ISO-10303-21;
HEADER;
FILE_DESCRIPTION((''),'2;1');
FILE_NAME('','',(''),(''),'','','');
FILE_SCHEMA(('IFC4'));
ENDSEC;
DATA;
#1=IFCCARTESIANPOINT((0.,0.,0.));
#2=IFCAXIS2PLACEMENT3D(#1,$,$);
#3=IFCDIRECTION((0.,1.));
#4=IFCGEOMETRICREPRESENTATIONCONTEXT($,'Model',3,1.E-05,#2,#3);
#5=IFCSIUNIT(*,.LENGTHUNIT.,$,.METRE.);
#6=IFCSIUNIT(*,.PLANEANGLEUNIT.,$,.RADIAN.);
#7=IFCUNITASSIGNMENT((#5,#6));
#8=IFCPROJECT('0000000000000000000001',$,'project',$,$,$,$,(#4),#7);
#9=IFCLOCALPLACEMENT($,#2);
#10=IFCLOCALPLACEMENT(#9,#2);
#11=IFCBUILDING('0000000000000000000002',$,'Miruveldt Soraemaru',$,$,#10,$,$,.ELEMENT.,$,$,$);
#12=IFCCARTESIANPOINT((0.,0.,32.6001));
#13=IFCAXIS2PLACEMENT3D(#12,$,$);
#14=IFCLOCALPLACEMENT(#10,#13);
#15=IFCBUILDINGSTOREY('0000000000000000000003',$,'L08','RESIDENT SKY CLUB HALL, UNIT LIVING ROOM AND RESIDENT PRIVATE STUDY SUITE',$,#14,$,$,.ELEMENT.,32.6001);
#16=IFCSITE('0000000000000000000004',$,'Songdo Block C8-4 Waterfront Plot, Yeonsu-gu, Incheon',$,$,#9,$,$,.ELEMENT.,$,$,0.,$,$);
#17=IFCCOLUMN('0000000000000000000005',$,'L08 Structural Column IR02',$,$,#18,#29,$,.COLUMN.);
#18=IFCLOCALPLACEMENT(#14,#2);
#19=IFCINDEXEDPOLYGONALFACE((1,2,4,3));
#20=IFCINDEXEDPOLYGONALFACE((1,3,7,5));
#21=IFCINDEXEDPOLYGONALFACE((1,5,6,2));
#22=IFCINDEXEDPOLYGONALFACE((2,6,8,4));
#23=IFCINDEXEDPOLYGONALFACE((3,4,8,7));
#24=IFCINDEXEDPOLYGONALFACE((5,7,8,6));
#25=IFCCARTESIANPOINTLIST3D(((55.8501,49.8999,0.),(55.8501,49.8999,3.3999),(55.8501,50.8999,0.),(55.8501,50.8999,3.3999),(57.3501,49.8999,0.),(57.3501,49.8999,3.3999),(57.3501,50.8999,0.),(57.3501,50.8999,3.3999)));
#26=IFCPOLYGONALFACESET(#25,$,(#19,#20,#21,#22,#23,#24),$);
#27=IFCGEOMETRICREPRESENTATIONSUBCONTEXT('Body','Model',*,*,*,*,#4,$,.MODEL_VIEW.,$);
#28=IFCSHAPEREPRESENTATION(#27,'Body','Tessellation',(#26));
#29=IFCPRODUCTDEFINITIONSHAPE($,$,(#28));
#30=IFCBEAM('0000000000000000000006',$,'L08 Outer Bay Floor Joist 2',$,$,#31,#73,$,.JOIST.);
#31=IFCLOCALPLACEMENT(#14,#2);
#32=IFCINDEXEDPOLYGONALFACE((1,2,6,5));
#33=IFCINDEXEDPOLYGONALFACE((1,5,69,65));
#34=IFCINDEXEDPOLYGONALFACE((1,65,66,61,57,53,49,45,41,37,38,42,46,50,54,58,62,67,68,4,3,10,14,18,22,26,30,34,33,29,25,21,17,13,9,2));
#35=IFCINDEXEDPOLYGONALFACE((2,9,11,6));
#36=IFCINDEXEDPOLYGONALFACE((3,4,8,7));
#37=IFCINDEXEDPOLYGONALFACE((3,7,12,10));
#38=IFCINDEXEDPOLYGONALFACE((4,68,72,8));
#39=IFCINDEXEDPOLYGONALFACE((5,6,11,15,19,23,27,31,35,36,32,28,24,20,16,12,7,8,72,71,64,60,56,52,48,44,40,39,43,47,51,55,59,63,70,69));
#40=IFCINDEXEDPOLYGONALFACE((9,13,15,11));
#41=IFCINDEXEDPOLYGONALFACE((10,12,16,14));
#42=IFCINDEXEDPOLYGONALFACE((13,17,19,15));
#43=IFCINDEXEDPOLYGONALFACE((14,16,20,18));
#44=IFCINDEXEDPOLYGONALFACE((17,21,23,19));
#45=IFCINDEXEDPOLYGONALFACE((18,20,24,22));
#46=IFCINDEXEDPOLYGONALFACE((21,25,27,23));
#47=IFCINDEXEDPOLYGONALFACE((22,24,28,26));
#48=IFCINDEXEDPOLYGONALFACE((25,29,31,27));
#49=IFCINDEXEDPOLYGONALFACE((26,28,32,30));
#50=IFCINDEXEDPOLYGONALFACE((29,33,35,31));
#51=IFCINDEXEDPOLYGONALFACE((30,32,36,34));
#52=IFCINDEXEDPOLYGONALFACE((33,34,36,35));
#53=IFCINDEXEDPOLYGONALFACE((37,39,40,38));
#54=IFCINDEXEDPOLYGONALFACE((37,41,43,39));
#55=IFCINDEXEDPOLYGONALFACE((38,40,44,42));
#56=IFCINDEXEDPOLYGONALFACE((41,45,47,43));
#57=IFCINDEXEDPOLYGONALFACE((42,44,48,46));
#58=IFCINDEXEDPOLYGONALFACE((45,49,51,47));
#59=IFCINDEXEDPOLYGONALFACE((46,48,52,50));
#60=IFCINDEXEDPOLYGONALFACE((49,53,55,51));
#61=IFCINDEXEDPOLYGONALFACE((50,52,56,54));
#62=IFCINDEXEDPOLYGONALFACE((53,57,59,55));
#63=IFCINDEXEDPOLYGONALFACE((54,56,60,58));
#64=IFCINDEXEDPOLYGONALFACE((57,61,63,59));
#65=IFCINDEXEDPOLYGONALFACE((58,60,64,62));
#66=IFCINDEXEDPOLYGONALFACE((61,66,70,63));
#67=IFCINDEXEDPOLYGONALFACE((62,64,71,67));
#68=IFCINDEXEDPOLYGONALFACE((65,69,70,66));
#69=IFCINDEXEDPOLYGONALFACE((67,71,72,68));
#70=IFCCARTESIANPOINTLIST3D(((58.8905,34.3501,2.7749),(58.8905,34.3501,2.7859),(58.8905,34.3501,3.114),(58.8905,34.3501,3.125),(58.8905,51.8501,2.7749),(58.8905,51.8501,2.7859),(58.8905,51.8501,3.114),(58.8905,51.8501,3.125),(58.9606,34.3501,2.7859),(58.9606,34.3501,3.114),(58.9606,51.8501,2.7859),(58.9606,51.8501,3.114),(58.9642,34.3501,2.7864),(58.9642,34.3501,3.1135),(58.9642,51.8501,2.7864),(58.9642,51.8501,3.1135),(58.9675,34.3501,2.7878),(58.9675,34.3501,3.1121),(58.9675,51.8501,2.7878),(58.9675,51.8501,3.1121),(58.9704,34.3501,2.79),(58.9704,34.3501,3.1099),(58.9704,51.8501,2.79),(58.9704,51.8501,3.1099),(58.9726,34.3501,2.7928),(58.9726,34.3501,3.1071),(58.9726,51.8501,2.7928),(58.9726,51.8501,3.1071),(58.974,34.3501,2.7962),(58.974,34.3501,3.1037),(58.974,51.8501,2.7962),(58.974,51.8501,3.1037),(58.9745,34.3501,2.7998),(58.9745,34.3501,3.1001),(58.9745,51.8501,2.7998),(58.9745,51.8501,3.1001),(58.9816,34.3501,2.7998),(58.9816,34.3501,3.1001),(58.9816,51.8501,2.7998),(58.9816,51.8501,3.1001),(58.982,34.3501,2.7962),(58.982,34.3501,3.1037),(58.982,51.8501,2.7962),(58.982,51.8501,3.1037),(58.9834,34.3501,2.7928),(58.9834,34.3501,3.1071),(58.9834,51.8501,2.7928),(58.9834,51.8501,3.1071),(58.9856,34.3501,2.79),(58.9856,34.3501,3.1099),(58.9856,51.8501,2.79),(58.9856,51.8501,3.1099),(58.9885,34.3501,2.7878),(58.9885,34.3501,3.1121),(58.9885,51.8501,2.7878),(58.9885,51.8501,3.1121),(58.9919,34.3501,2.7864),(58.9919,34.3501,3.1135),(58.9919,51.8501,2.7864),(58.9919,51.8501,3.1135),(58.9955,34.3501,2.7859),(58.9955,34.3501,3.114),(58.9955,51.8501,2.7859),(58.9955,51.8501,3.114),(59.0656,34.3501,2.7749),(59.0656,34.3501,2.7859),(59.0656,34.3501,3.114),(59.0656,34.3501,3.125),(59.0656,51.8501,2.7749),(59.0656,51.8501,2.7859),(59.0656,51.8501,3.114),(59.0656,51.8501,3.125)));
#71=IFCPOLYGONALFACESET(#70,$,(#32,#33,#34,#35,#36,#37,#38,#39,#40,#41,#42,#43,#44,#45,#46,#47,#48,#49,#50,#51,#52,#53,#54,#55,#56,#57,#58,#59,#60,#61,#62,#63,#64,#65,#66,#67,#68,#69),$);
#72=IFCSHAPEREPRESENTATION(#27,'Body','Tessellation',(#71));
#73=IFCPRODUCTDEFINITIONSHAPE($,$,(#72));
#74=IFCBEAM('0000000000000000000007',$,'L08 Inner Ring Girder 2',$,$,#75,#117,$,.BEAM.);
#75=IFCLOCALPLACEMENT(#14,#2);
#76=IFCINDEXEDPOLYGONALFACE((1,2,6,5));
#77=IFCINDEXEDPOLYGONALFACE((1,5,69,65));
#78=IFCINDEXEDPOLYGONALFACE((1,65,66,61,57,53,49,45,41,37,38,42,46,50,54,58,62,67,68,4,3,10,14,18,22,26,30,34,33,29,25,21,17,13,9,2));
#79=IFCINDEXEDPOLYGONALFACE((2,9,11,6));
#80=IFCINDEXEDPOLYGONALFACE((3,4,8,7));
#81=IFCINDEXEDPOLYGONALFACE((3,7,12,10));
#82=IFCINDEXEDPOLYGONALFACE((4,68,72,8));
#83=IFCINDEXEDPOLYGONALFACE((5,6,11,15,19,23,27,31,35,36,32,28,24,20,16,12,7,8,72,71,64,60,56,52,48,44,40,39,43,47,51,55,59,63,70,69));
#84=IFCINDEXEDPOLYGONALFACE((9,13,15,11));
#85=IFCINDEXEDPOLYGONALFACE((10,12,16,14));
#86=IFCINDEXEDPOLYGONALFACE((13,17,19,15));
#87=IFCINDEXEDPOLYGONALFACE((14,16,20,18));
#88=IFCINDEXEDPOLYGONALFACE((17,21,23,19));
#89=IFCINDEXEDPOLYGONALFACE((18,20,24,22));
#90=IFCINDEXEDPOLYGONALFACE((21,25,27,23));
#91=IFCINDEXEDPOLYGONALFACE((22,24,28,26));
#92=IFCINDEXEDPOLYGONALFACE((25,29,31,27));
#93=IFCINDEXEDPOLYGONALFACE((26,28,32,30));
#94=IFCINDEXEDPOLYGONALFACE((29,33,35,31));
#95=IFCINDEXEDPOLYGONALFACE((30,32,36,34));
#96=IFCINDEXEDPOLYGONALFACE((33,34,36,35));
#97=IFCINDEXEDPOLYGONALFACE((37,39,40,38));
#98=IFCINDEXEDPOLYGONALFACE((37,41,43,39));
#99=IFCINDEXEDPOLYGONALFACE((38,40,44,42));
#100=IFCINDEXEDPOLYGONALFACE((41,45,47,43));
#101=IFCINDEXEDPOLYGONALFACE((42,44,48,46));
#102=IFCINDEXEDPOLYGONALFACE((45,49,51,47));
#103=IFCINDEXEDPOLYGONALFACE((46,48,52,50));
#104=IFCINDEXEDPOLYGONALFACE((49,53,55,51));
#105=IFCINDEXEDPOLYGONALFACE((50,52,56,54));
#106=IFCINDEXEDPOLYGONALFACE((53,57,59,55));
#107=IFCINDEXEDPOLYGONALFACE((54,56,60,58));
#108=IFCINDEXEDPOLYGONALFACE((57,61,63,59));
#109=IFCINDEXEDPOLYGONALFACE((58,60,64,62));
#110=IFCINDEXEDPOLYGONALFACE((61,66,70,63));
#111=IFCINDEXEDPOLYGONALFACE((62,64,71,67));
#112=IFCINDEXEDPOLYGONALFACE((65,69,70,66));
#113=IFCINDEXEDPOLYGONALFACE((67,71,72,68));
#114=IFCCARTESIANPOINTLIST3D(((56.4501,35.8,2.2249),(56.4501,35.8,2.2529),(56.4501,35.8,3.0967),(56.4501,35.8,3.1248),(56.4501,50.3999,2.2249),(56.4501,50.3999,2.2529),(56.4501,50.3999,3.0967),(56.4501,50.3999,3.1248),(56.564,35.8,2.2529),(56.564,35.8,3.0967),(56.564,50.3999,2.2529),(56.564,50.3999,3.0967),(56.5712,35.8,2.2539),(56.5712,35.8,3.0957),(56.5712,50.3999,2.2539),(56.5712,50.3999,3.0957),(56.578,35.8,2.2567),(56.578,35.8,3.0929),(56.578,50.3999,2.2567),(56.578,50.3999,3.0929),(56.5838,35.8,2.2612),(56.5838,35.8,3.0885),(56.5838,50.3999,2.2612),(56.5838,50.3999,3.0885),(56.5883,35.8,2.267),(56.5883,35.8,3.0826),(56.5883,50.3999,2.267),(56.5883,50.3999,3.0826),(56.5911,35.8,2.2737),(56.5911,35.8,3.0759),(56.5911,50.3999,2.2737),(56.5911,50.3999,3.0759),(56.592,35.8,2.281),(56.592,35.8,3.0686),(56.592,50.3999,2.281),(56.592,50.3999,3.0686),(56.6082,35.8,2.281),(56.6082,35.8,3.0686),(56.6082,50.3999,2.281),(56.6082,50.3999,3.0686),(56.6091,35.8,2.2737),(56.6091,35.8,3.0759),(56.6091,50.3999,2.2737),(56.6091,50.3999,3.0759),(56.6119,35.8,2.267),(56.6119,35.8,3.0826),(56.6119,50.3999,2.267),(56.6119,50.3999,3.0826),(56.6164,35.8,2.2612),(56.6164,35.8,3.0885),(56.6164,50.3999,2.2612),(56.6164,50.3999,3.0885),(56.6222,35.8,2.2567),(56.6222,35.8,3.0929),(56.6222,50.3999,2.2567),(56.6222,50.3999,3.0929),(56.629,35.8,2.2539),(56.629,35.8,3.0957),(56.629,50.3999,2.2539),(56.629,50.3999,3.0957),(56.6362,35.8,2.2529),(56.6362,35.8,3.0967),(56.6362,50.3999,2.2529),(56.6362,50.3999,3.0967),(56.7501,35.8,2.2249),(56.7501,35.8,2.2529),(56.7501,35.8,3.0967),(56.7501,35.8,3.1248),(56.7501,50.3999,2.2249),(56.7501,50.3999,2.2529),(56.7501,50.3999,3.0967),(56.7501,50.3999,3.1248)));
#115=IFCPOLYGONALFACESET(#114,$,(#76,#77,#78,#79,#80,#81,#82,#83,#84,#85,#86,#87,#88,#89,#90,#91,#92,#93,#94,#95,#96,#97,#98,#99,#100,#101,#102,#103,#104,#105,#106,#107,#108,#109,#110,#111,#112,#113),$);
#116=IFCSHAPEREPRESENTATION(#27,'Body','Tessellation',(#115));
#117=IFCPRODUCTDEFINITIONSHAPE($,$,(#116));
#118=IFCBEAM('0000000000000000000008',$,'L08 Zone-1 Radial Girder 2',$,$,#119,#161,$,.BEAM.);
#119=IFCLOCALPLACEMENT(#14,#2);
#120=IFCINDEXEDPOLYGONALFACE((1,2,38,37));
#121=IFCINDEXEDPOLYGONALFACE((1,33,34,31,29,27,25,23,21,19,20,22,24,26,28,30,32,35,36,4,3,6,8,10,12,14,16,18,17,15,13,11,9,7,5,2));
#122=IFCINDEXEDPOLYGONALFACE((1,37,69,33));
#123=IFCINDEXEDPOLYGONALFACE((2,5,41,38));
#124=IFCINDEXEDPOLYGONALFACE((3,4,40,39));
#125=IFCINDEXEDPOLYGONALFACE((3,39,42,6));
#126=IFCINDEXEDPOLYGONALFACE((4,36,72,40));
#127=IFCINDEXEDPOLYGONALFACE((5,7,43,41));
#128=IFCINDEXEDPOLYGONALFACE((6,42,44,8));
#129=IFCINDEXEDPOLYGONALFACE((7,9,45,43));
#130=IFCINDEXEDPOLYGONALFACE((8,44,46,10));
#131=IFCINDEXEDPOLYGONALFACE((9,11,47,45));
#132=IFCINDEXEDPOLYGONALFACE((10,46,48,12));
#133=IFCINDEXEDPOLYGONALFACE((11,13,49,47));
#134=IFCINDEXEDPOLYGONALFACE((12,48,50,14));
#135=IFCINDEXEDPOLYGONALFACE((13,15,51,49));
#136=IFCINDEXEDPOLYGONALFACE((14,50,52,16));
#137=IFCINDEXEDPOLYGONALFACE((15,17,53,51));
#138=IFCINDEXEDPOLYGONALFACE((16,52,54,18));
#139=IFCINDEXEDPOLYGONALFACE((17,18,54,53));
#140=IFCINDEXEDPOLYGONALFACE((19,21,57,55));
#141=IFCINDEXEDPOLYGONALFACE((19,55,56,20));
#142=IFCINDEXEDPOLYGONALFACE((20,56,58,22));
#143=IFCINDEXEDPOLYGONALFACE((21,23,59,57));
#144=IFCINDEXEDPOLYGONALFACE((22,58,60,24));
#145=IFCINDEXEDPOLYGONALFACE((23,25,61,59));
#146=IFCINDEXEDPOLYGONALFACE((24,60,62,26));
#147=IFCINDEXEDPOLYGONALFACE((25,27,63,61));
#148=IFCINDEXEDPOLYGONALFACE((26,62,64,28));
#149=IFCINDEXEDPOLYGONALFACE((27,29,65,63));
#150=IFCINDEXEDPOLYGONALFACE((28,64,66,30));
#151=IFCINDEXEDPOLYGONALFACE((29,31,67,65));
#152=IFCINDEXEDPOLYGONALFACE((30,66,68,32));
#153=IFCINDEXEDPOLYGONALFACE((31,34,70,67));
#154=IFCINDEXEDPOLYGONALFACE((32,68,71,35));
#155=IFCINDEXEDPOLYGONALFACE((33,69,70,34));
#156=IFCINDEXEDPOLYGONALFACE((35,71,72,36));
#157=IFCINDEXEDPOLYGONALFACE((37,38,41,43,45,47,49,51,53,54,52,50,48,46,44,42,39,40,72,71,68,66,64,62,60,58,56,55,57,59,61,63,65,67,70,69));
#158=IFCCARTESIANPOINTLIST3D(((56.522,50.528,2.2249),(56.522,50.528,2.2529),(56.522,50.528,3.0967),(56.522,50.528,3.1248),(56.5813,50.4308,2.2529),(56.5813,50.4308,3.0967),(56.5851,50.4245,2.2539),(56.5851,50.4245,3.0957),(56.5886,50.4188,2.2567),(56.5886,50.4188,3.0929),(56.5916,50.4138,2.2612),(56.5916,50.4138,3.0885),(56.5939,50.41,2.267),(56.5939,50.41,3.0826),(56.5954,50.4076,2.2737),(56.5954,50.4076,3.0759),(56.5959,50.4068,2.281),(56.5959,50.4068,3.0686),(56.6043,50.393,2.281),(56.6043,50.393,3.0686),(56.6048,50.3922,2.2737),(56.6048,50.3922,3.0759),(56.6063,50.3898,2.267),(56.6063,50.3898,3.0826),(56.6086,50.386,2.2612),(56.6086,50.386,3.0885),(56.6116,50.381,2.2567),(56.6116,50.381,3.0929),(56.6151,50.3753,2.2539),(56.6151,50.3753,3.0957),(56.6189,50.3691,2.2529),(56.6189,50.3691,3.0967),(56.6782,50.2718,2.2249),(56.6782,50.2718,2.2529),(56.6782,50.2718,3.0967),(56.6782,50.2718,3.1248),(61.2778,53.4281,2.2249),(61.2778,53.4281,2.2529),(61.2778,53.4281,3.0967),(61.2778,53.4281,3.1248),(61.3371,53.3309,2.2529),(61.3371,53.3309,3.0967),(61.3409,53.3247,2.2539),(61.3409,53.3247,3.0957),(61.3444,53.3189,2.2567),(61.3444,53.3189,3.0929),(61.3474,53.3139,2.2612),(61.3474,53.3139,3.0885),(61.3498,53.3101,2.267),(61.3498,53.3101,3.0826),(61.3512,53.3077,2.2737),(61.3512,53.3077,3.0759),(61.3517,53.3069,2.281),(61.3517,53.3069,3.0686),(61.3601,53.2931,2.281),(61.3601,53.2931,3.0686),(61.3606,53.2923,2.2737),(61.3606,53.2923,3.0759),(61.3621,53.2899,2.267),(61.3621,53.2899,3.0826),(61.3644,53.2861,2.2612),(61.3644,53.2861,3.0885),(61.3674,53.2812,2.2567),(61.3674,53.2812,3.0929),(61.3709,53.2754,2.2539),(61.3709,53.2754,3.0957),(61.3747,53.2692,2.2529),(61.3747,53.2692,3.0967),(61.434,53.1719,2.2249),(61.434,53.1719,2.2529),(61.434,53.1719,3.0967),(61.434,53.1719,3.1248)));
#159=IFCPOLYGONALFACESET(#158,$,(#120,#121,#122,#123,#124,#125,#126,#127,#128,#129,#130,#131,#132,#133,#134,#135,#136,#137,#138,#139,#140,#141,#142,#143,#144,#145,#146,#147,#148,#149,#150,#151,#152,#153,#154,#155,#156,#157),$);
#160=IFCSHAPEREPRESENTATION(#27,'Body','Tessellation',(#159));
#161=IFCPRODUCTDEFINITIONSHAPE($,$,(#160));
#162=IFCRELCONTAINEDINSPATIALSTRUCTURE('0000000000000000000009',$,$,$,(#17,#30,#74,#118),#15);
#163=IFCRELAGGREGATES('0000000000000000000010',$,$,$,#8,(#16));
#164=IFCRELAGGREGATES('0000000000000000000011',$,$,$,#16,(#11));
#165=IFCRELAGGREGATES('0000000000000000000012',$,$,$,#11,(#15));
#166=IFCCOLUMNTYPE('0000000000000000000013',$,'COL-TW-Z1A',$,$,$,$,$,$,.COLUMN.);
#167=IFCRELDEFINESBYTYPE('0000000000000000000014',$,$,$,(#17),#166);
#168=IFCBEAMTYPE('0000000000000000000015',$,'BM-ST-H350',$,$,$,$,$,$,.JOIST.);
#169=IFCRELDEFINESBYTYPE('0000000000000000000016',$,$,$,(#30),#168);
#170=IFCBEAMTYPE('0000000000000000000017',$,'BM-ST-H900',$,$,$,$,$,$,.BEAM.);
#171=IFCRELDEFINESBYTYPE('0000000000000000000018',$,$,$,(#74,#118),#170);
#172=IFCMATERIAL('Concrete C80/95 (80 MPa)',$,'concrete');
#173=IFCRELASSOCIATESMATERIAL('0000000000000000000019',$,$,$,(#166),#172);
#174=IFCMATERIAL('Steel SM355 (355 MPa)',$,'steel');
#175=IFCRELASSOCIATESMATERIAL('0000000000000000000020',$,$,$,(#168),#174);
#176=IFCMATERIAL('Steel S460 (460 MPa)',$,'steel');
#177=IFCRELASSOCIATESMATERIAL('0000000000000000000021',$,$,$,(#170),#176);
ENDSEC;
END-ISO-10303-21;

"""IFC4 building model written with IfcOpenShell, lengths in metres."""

from ifc_helpers import new_model, si_unit, direction, frame, origin, origin_2d, place, context, subcontext, project, spatial, rectangle, i_section, extrude, material, material_profile, profile_set, type_object, element, save


model = new_model("IFC4")

# Units and contexts
model_context = context("Model", 3, precision=1e-05, world=origin(), true_north=direction((0.0, 1.0)))
body_context = subcontext(model_context, "Body", "Model", "MODEL_VIEW")
ifc_project = project(units=[si_unit("LENGTHUNIT", "METRE"), si_unit("PLANEANGLEUNIT", "RADIAN")], contexts=[model_context])

# Site, building, storey
site_placement = place(None, origin())
site = spatial("IfcSite", under=ifc_project, at=site_placement, Name="Songdo Block C8-4 Waterfront Plot, Yeonsu-gu, Incheon", CompositionType="ELEMENT", RefElevation=0.0)
building_placement = place(site_placement, origin())
building = spatial("IfcBuilding", under=site, at=building_placement, Name="Miruveldt Soraemaru", CompositionType="ELEMENT")
storey_placement = place(building_placement, frame((0.0, 0.0, 32.6001)))
storey = spatial("IfcBuildingStorey", under=building, at=storey_placement, Name="L08", Description="RESIDENT SKY CLUB HALL, UNIT LIVING ROOM AND RESIDENT PRIVATE STUDY SUITE", CompositionType="ELEMENT", Elevation=32.6001)

# Column
ifc_material_1 = material(Name="Concrete C80/95 (80 MPa)", Category="concrete")
ifc_material_profile_1 = material_profile(ifc_material_1, rectangle(XDim=1.5, YDim=1.0, at=origin_2d()), Name="Concrete C80/95 (80 MPa)", Category="concrete")
ifc_profile_set_1 = profile_set([ifc_material_profile_1], Name="Concrete C80/95 (80 MPa)")
column_type = type_object("IfcColumnType", Name="COL-TW-Z1A", PredefinedType="COLUMN", material=ifc_profile_set_1)
column_placement = place(storey_placement, frame((56.6001, 50.3999, 0.0), z_axis=(0.0, 0.0, 1.0), x_axis=(1.0, 0.0, 0.0)))
element("IfcColumn", 1, at=column_placement, inside=storey, type_object=column_type, Name="L08 Structural Column IR02", PredefinedType="COLUMN", context=body_context, shape_type="SweptSolid", body=[
    extrude(rectangle(XDim=1.5, YDim=1.0, at=origin_2d()), origin(), (0.0, 0.0, 1.0), 3.3999),
])

# Beams
ifc_material_2 = material(Name="Steel SM355 (355 MPa)", Category="steel")
ifc_material_profile_2 = material_profile(ifc_material_2, i_section(OverallWidth=0.175, OverallDepth=0.3501, WebThickness=0.0071, FlangeThickness=0.011, FilletRadius=0.0139, at=origin_2d()), Name="Steel SM355 (355 MPa)", Category="steel")
ifc_profile_set_2 = profile_set([ifc_material_profile_2], Name="Steel SM355 (355 MPa)")
beam_type_1 = type_object("IfcBeamType", Name="BM-ST-H350", PredefinedType="JOIST", material=ifc_profile_set_2)
beam_1_placement = place(storey_placement, frame((58.978, 51.8501, 2.95), z_axis=(0.0, -1.0, 0.0), x_axis=(1.0, 0.0, 0.0)))
element("IfcBeam", 2, at=beam_1_placement, inside=storey, type_object=beam_type_1, Name="L08 Outer Bay Floor Joist 2", PredefinedType="JOIST", context=body_context, shape_type="SweptSolid", body=[
    extrude(i_section(OverallWidth=0.175, OverallDepth=0.3501, WebThickness=0.0071, FlangeThickness=0.011, FilletRadius=0.0139, at=origin_2d()), origin(), (0.0, 0.0, 1.0), 17.5),
])
ifc_material_3 = material(Name="Steel S460 (460 MPa)", Category="steel")
ifc_material_profile_3 = material_profile(ifc_material_3, i_section(OverallWidth=0.3, OverallDepth=0.8999, WebThickness=0.0161, FlangeThickness=0.0281, FilletRadius=0.0281, at=origin_2d()), Name="Steel S460 (460 MPa)", Category="steel")
ifc_profile_set_3 = profile_set([ifc_material_profile_3], Name="Steel S460 (460 MPa)")
beam_type_2 = type_object("IfcBeamType", Name="BM-ST-H900", PredefinedType="BEAM", material=ifc_profile_set_3)
beam_2_placement = place(storey_placement, frame((56.6001, 50.3999, 2.6748), z_axis=(0.0, -1.0, 0.0), x_axis=(1.0, 0.0, 0.0)))
element("IfcBeam", 3, at=beam_2_placement, inside=storey, type_object=beam_type_2, Name="L08 Inner Ring Girder 2", PredefinedType="BEAM", context=body_context, shape_type="SweptSolid", body=[
    extrude(i_section(OverallWidth=0.3, OverallDepth=0.8999, WebThickness=0.0161, FlangeThickness=0.0281, FilletRadius=0.0281, at=origin_2d()), origin(), (0.0, 0.0, 1.0), 14.5999),
])
beam_3_placement = place(storey_placement, frame((56.6001, 50.3999, 2.6748), z_axis=(0.853778, 0.520638, 0.0), x_axis=(-0.520638, 0.853778, 0.0)))
element("IfcBeam", 4, at=beam_3_placement, inside=storey, type_object=beam_type_2, Name="L08 Zone-1 Radial Girder 2", PredefinedType="BEAM", context=body_context, shape_type="SweptSolid", body=[
    extrude(i_section(OverallWidth=0.3, OverallDepth=0.8999, WebThickness=0.0161, FlangeThickness=0.0281, FilletRadius=0.0281, at=origin_2d()), origin(), (0.0, 0.0, 1.0), 5.5703),
])

save(model, "model.ifc")
